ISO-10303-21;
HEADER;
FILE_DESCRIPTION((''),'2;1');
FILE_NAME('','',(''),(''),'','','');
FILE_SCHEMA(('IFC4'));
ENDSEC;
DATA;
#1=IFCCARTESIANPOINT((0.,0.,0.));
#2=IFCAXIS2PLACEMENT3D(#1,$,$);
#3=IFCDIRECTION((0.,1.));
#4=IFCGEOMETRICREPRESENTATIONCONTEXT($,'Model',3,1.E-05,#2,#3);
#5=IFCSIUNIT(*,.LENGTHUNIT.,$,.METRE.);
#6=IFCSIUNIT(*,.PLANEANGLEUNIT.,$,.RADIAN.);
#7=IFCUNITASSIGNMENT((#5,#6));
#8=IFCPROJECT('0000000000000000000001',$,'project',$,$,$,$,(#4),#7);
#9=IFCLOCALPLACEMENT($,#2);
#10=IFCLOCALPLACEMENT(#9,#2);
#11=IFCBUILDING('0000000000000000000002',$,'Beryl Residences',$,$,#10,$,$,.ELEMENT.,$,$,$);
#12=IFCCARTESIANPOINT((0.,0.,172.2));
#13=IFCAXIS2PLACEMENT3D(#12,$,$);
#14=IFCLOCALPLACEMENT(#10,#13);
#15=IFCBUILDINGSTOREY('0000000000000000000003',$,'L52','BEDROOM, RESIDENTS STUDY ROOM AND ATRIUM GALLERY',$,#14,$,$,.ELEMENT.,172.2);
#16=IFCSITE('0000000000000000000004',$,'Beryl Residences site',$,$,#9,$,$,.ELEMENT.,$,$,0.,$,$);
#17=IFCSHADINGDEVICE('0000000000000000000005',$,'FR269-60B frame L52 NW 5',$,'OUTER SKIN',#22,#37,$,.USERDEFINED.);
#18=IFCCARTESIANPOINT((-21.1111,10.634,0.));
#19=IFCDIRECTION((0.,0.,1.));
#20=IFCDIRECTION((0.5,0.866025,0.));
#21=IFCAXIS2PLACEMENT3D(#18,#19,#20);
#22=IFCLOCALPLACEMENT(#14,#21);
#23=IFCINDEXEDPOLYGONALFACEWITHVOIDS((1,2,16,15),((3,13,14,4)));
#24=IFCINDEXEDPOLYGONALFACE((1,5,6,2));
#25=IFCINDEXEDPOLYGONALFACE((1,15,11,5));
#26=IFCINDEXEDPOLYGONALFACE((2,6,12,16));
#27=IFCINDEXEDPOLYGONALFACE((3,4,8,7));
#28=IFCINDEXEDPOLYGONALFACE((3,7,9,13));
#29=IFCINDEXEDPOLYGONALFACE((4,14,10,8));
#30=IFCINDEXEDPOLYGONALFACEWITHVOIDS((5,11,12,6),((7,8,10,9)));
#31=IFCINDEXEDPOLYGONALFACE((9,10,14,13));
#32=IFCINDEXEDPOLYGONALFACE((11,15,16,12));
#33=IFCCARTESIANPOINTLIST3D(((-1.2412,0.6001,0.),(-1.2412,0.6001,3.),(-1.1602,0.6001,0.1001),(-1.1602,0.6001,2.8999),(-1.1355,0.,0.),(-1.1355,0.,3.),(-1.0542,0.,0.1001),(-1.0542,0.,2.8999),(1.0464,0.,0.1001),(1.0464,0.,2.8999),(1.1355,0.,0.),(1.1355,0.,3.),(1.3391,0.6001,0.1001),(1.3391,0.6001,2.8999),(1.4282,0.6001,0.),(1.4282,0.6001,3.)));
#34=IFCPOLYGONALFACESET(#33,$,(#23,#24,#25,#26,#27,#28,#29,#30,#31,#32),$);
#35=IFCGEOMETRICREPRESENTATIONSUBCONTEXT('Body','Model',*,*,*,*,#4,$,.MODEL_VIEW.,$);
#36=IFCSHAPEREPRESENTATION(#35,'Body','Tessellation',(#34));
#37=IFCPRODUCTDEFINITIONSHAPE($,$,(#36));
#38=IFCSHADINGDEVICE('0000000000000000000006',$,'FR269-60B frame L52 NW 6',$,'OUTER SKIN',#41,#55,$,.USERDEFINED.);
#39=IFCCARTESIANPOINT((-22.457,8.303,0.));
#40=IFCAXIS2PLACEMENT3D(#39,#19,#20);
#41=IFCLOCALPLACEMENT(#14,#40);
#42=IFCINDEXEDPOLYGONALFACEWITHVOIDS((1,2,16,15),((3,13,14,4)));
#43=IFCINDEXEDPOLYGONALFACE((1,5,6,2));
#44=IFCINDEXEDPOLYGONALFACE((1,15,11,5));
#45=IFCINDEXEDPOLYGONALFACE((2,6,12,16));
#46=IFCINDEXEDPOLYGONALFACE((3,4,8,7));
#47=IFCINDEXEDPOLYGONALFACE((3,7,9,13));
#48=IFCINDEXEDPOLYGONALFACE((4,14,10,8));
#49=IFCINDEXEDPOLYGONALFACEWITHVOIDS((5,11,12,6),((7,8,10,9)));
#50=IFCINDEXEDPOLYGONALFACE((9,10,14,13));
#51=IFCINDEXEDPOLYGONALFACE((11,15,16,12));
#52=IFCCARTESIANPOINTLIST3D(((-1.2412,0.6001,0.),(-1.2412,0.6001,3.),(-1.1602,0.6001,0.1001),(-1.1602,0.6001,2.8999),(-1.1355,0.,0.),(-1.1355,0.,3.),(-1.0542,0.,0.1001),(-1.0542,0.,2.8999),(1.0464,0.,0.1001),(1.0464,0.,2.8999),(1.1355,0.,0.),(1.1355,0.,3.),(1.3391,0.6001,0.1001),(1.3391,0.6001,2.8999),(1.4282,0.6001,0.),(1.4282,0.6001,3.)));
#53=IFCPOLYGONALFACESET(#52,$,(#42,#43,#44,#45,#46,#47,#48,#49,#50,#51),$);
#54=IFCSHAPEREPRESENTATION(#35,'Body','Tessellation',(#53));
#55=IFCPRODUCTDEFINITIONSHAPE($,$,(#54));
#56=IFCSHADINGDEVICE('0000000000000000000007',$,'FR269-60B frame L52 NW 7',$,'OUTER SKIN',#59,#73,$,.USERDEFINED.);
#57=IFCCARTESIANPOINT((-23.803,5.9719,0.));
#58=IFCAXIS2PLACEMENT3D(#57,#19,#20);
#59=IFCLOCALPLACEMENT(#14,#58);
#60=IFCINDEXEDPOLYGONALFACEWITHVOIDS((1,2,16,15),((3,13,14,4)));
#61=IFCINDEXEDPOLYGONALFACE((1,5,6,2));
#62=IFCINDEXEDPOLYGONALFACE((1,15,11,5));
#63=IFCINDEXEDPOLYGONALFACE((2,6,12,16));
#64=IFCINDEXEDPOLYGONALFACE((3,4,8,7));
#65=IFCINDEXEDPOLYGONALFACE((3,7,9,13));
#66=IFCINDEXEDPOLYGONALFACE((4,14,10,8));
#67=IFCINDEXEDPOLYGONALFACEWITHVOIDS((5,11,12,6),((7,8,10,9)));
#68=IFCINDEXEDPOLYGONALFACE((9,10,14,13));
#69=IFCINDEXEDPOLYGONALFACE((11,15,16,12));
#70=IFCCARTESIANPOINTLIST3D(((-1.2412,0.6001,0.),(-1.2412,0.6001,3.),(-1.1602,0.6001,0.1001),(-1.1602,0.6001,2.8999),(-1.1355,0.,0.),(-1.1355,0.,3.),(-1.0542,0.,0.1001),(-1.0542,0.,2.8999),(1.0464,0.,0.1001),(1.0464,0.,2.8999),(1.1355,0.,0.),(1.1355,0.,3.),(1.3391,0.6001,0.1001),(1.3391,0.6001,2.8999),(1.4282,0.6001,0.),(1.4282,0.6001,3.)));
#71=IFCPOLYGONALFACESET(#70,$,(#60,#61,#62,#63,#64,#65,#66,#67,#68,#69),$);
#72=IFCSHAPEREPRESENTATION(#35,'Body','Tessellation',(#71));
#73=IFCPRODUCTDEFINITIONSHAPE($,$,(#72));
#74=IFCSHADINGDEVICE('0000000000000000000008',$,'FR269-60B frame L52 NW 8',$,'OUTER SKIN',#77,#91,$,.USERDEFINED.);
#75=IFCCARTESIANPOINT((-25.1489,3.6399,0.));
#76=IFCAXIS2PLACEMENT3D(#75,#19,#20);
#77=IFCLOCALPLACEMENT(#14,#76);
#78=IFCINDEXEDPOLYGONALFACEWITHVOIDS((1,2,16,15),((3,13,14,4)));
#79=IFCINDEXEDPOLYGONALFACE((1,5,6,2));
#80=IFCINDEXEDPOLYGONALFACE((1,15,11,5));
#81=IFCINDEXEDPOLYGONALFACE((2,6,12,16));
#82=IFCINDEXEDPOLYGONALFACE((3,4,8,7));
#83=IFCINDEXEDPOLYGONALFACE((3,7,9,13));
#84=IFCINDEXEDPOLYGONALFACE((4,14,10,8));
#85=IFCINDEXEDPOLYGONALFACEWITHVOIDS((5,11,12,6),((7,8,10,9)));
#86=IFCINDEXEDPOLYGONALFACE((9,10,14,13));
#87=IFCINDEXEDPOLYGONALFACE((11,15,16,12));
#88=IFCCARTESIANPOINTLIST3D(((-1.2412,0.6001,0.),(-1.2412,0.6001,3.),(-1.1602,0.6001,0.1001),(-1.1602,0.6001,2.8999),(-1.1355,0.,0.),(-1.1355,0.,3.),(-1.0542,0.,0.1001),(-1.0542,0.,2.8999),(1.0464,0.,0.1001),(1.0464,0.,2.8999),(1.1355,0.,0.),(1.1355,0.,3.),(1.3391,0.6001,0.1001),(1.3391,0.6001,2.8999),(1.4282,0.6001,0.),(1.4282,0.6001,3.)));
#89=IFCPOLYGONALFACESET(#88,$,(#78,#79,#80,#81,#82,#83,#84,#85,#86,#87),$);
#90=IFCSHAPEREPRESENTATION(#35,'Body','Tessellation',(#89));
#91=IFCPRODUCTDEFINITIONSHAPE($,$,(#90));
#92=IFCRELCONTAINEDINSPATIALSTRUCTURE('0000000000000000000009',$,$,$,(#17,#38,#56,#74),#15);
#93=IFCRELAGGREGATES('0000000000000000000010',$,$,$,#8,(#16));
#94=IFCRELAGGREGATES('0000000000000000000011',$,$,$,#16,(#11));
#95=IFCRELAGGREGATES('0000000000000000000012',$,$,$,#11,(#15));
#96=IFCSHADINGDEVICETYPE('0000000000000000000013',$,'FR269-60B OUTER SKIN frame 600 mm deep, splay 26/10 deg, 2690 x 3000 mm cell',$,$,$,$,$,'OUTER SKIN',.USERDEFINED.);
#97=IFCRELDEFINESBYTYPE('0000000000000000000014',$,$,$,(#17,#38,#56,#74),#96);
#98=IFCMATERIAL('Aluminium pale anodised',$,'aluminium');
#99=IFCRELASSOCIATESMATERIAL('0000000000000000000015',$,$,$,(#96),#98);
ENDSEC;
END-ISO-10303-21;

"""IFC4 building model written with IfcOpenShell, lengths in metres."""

from ifc_helpers import new_model, entity, si_unit, direction, frame, origin, place, context, subcontext, project, spatial, source, transform, mapped, material, type_object, type_shapes, element, save


model = new_model("IFC4")

# Units and contexts
model_context = context("Model", 3, precision=1e-05, world=origin(), true_north=direction((0.0, 1.0)))
body_context = subcontext(model_context, "Body", "Model", "MODEL_VIEW")
ifc_project = project(units=[si_unit("LENGTHUNIT", "METRE"), si_unit("PLANEANGLEUNIT", "RADIAN")], contexts=[model_context])

# Site, building, storey
site_placement = place(None, origin())
site = spatial("IfcSite", under=ifc_project, at=site_placement, Name="Beryl Residences site", CompositionType="ELEMENT", RefElevation=0.0)
building_placement = place(site_placement, origin())
building = spatial("IfcBuilding", under=site, at=building_placement, Name="Beryl Residences", CompositionType="ELEMENT")
storey_placement = place(building_placement, frame((0.0, 0.0, 172.2)))
storey = spatial("IfcBuildingStorey", under=building, at=storey_placement, Name="L52", Description="BEDROOM, RESIDENTS STUDY ROOM AND ATRIUM GALLERY", CompositionType="ELEMENT", Elevation=172.2)

# Shading devices
ifc_material_1 = material(Name="Aluminium pale anodised", Category="aluminium")
shading_device_type = type_object("IfcShadingDeviceType", Name="FR269-60B OUTER SKIN frame 600 mm deep, splay 26/10 deg, 2690 x 3000 mm cell", ElementType="OUTER SKIN", PredefinedType="USERDEFINED", material=ifc_material_1)
cartesian_point_1 = entity("IfcCartesianPoint", [-1.1355, 0.0])
cartesian_point_2 = entity("IfcCartesianPoint", [-1.0464, 0.1001])
cartesian_point_3 = entity("IfcCartesianPoint", [-1.4282, 0.0])
cartesian_point_4 = entity("IfcCartesianPoint", [-1.3391, 0.1001])
shared_shape = source(origin(), body_context, "Body", "SweptSolid", [
    entity("IfcExtrudedAreaSolidTapered", entity("IfcArbitraryProfileDefWithVoids", "AREA", None, entity("IfcPolyline", [cartesian_point_1, entity("IfcCartesianPoint", [1.1355, 0.0]), entity("IfcCartesianPoint", [1.1355, 3.0]), entity("IfcCartesianPoint", [-1.1355, 3.0]), cartesian_point_1]), [entity("IfcPolyline", [cartesian_point_2, entity("IfcCartesianPoint", [1.0542, 0.1001]), entity("IfcCartesianPoint", [1.0542, 2.8999]), entity("IfcCartesianPoint", [-1.0464, 2.8999]), cartesian_point_2])]), entity("IfcAxis2Placement3D", entity("IfcCartesianPoint", [0.0, 0.0, 0.0]), entity("IfcDirection", [0.0, 1.0, 0.0]), entity("IfcDirection", [-1.0, 0.0, 0.0])), entity("IfcDirection", [0.0, 0.0, 1.0]), 0.6001, entity("IfcArbitraryProfileDefWithVoids", "AREA", None, entity("IfcPolyline", [cartesian_point_3, entity("IfcCartesianPoint", [1.2412, 0.0]), entity("IfcCartesianPoint", [1.2412, 3.0]), entity("IfcCartesianPoint", [-1.4282, 3.0]), cartesian_point_3]), [entity("IfcPolyline", [cartesian_point_4, entity("IfcCartesianPoint", [1.1602, 0.1001]), entity("IfcCartesianPoint", [1.1602, 2.8999]), entity("IfcCartesianPoint", [-1.3391, 2.8999]), cartesian_point_4])])),
])
type_shapes(shading_device_type, [shared_shape])
for number, where, z_axis, x_axis, name in (
    (1, (-21.1111, 10.634, 0.0), (0.0, 0.0, 1.0), (0.5, 0.866025, 0.0), "FR269-60B frame L52 NW 5"),
    (2, (-22.457, 8.303, 0.0), (0.0, 0.0, 1.0), (0.5, 0.866025, 0.0), "FR269-60B frame L52 NW 6"),
    (3, (-23.803, 5.9719, 0.0), (0.0, 0.0, 1.0), (0.5, 0.866025, 0.0), "FR269-60B frame L52 NW 7"),
    (4, (-25.1489, 3.6399, 0.0), (0.0, 0.0, 1.0), (0.5, 0.866025, 0.0), "FR269-60B frame L52 NW 8"),
):
    element("IfcShadingDevice", number, at=place(storey_placement, frame(where, z_axis=z_axis, x_axis=x_axis)), inside=storey, type_object=shading_device_type, Name=name, ObjectType="OUTER SKIN", PredefinedType="USERDEFINED", context=body_context, shape_type="MappedRepresentation", body=[
        mapped(shared_shape, transform((0.0, 0.0, 0.0))),
    ])

save(model, "model.ifc")
